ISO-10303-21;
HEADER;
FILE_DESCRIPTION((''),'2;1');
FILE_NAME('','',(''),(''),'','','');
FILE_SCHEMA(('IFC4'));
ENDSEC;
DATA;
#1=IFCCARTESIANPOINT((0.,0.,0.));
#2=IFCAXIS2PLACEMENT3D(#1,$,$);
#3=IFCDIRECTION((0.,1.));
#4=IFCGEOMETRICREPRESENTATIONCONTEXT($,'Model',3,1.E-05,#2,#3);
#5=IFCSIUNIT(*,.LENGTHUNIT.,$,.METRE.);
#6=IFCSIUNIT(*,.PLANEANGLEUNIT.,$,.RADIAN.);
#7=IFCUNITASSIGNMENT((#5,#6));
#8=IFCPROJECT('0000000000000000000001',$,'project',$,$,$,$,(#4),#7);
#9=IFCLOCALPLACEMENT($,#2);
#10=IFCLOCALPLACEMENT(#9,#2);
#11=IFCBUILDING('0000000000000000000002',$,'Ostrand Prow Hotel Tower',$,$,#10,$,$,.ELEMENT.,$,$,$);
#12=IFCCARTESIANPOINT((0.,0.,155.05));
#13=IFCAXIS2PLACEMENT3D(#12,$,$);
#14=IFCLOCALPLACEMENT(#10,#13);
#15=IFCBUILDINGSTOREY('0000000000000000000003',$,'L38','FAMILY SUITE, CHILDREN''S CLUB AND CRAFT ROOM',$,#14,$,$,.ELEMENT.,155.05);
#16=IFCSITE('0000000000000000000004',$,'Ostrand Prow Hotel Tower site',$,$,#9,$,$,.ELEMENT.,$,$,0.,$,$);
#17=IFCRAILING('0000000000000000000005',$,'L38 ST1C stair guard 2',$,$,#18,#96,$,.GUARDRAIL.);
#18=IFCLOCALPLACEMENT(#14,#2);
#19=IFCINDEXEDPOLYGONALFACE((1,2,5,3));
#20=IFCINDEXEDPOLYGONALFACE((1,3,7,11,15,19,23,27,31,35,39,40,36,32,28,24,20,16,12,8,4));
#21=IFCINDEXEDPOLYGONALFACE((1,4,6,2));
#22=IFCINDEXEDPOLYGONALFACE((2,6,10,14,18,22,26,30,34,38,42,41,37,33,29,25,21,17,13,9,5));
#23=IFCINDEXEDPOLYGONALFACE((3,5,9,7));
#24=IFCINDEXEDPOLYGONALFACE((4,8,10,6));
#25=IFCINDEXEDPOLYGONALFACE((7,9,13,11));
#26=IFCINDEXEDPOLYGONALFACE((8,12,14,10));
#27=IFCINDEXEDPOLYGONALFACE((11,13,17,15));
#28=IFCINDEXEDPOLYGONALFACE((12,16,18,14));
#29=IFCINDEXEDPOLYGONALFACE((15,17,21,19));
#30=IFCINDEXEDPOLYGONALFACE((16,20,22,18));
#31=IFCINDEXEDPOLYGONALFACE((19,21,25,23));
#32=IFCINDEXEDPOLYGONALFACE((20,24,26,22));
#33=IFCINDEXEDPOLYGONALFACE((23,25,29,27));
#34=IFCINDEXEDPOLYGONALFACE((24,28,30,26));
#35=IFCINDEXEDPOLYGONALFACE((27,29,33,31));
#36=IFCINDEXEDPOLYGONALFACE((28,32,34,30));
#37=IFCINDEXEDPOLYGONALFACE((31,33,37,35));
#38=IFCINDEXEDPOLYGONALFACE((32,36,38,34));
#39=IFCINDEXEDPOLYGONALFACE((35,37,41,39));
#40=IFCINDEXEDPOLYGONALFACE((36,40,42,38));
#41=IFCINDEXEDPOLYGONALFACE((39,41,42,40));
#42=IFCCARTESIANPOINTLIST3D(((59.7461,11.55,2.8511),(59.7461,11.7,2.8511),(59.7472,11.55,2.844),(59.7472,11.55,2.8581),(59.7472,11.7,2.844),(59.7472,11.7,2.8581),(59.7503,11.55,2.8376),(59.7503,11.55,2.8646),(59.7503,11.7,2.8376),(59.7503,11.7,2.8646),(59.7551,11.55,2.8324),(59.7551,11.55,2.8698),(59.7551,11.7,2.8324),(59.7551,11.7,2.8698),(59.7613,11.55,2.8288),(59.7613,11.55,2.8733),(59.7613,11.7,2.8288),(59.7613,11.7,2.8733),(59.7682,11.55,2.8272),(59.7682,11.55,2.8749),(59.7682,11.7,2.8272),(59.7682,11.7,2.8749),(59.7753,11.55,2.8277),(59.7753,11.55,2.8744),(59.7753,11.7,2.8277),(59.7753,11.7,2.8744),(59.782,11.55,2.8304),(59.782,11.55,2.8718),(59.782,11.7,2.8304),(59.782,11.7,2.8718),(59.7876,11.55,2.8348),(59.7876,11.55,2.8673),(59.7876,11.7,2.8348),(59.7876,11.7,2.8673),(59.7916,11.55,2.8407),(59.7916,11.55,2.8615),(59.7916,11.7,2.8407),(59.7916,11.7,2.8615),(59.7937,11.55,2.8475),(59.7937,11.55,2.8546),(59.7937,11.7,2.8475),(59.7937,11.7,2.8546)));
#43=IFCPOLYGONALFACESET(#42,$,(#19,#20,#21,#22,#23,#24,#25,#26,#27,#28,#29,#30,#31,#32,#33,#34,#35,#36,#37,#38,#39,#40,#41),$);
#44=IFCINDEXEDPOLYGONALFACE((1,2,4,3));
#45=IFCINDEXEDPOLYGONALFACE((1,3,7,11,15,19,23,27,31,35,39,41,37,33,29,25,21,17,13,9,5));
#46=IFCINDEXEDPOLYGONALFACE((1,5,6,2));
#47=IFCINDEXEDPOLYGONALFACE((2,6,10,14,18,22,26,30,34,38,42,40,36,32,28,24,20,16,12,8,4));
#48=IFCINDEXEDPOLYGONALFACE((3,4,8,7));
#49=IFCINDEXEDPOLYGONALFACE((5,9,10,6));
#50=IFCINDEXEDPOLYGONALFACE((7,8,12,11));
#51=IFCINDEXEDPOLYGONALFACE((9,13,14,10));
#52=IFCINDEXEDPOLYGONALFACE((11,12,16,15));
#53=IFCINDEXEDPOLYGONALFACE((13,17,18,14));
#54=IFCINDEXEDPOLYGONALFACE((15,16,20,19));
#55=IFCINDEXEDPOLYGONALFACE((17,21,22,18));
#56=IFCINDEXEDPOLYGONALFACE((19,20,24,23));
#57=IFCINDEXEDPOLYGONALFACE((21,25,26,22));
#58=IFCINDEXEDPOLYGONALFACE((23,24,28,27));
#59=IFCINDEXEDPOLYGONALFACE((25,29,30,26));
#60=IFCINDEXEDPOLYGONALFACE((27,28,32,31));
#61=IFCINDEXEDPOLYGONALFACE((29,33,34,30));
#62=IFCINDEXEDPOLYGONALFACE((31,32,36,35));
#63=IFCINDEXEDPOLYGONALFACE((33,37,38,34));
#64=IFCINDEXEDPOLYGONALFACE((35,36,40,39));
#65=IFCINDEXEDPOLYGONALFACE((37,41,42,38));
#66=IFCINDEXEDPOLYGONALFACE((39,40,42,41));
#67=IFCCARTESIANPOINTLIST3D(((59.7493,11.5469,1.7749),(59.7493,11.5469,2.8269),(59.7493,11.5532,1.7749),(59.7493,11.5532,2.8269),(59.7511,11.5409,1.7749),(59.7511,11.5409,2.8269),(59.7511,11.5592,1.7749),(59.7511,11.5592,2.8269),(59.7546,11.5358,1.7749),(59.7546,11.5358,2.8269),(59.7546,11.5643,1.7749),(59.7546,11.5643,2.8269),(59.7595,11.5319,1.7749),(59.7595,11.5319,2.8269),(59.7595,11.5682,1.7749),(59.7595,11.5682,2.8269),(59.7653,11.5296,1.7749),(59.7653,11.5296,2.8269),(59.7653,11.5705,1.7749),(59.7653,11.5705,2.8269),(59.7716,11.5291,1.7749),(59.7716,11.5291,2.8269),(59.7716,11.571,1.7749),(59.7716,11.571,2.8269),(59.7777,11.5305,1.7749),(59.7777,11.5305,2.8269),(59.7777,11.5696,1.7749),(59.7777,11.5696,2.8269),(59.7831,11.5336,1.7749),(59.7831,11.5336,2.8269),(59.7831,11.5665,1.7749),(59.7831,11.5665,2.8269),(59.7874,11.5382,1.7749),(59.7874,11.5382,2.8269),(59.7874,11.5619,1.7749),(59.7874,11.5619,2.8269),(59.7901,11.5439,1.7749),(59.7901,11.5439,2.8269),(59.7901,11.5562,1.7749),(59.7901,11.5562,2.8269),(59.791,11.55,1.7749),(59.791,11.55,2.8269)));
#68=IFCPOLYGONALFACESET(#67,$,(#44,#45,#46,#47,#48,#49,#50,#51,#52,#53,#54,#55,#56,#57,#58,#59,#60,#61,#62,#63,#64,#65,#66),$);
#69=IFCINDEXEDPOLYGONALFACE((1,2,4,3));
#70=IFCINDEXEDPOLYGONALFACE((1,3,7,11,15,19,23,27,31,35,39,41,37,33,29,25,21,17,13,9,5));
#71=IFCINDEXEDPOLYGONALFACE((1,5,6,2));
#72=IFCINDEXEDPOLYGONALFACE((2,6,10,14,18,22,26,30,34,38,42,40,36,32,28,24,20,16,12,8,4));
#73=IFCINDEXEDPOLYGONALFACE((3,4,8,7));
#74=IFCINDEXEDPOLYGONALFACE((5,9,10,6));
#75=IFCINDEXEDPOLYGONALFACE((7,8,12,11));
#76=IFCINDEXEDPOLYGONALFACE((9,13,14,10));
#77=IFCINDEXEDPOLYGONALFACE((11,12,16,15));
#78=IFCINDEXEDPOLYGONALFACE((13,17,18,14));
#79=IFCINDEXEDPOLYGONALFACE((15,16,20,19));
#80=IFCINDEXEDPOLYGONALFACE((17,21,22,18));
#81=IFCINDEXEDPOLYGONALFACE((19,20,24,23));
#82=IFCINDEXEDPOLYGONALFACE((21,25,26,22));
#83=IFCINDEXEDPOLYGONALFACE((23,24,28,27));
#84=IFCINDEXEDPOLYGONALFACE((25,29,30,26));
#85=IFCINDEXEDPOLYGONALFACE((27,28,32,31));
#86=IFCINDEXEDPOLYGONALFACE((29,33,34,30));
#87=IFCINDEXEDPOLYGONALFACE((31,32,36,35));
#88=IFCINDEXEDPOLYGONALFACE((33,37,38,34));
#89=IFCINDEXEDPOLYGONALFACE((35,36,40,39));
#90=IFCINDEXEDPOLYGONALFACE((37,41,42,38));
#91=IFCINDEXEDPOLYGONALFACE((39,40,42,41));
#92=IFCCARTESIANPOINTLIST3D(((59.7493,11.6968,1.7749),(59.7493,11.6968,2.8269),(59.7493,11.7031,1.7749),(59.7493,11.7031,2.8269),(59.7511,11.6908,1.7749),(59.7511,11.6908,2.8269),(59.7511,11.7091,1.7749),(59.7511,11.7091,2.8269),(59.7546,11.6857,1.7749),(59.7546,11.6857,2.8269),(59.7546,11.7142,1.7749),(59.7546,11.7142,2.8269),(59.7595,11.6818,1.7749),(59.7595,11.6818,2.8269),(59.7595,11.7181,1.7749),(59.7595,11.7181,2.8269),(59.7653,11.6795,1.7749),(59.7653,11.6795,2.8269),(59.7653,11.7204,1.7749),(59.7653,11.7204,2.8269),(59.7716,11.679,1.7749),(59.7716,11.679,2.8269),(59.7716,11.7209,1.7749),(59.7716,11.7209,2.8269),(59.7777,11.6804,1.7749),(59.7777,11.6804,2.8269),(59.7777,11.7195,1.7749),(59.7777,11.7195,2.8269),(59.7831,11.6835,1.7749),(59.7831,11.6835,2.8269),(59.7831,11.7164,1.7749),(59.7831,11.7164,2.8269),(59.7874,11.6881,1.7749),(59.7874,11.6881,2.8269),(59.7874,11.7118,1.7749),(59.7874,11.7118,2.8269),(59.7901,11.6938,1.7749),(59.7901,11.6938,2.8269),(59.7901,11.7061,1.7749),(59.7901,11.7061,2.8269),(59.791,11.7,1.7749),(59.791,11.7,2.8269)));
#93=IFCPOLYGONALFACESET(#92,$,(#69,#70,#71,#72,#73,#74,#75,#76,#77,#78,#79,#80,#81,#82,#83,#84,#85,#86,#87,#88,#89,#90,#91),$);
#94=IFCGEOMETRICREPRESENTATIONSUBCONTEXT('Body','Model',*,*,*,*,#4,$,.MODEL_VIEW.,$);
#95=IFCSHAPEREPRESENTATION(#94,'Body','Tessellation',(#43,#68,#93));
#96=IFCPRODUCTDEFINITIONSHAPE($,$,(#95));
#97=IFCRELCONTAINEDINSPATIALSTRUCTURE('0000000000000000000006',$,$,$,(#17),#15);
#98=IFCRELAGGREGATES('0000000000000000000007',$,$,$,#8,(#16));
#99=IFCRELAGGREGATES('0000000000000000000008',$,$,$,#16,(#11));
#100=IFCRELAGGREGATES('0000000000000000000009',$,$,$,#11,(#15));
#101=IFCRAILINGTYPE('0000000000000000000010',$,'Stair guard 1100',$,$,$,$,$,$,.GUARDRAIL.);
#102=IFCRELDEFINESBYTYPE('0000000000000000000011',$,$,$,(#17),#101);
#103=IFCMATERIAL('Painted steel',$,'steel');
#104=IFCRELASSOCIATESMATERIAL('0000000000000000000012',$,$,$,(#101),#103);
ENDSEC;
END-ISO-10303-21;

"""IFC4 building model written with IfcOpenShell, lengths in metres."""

from ifc_helpers import new_model, si_unit, direction, frame, origin, origin_2d, place, context, subcontext, project, spatial, circle, extrude, material, type_object, element, save


model = new_model("IFC4")

# Units and contexts
model_context = context("Model", 3, precision=1e-05, world=origin(), true_north=direction((0.0, 1.0)))
body_context = subcontext(model_context, "Body", "Model", "MODEL_VIEW")
ifc_project = project(units=[si_unit("LENGTHUNIT", "METRE"), si_unit("PLANEANGLEUNIT", "RADIAN")], contexts=[model_context])

# Site, building, storey
site_placement = place(None, origin())
site = spatial("IfcSite", under=ifc_project, at=site_placement, Name="Ostrand Prow Hotel Tower site", CompositionType="ELEMENT", RefElevation=0.0)
building_placement = place(site_placement, origin())
building = spatial("IfcBuilding", under=site, at=building_placement, Name="Ostrand Prow Hotel Tower", CompositionType="ELEMENT")
storey_placement = place(building_placement, frame((0.0, 0.0, 155.05)))
storey = spatial("IfcBuildingStorey", under=building, at=storey_placement, Name="L38", Description="FAMILY SUITE, CHILDREN'S CLUB AND CRAFT ROOM", CompositionType="ELEMENT", Elevation=155.05)

# Railing
ifc_material_1 = material(Name="Painted steel", Category="steel")
railing_type_1 = type_object("IfcRailingType", Name="Stair guard 1100", PredefinedType="GUARDRAIL", material=ifc_material_1)
railing_1_placement = place(storey_placement, frame((59.77, 11.55, 1.7749)))
element("IfcRailing", 1, at=railing_1_placement, inside=storey, type_object=railing_type_1, Name="L38 ST1C stair guard 2", PredefinedType="GUARDRAIL", context=body_context, shape_type="SweptSolid", body=[
    extrude(circle(Radius=0.0239, at=origin_2d()), frame((0.0, 0.0, 1.0762), z_axis=(0.0, 1.0, 0.0), x_axis=(-1.0, 0.0, 0.0)), (0.0, 0.0, 1.0), 0.1499),
    extrude(circle(Radius=0.021, at=origin_2d()), origin(), (0.0, 0.0, 1.0), 1.052),
    extrude(circle(Radius=0.021, at=origin_2d()), frame((0.0, 0.1499, 0.0)), (0.0, 0.0, 1.0), 1.052),
])

save(model, "model.ifc")
